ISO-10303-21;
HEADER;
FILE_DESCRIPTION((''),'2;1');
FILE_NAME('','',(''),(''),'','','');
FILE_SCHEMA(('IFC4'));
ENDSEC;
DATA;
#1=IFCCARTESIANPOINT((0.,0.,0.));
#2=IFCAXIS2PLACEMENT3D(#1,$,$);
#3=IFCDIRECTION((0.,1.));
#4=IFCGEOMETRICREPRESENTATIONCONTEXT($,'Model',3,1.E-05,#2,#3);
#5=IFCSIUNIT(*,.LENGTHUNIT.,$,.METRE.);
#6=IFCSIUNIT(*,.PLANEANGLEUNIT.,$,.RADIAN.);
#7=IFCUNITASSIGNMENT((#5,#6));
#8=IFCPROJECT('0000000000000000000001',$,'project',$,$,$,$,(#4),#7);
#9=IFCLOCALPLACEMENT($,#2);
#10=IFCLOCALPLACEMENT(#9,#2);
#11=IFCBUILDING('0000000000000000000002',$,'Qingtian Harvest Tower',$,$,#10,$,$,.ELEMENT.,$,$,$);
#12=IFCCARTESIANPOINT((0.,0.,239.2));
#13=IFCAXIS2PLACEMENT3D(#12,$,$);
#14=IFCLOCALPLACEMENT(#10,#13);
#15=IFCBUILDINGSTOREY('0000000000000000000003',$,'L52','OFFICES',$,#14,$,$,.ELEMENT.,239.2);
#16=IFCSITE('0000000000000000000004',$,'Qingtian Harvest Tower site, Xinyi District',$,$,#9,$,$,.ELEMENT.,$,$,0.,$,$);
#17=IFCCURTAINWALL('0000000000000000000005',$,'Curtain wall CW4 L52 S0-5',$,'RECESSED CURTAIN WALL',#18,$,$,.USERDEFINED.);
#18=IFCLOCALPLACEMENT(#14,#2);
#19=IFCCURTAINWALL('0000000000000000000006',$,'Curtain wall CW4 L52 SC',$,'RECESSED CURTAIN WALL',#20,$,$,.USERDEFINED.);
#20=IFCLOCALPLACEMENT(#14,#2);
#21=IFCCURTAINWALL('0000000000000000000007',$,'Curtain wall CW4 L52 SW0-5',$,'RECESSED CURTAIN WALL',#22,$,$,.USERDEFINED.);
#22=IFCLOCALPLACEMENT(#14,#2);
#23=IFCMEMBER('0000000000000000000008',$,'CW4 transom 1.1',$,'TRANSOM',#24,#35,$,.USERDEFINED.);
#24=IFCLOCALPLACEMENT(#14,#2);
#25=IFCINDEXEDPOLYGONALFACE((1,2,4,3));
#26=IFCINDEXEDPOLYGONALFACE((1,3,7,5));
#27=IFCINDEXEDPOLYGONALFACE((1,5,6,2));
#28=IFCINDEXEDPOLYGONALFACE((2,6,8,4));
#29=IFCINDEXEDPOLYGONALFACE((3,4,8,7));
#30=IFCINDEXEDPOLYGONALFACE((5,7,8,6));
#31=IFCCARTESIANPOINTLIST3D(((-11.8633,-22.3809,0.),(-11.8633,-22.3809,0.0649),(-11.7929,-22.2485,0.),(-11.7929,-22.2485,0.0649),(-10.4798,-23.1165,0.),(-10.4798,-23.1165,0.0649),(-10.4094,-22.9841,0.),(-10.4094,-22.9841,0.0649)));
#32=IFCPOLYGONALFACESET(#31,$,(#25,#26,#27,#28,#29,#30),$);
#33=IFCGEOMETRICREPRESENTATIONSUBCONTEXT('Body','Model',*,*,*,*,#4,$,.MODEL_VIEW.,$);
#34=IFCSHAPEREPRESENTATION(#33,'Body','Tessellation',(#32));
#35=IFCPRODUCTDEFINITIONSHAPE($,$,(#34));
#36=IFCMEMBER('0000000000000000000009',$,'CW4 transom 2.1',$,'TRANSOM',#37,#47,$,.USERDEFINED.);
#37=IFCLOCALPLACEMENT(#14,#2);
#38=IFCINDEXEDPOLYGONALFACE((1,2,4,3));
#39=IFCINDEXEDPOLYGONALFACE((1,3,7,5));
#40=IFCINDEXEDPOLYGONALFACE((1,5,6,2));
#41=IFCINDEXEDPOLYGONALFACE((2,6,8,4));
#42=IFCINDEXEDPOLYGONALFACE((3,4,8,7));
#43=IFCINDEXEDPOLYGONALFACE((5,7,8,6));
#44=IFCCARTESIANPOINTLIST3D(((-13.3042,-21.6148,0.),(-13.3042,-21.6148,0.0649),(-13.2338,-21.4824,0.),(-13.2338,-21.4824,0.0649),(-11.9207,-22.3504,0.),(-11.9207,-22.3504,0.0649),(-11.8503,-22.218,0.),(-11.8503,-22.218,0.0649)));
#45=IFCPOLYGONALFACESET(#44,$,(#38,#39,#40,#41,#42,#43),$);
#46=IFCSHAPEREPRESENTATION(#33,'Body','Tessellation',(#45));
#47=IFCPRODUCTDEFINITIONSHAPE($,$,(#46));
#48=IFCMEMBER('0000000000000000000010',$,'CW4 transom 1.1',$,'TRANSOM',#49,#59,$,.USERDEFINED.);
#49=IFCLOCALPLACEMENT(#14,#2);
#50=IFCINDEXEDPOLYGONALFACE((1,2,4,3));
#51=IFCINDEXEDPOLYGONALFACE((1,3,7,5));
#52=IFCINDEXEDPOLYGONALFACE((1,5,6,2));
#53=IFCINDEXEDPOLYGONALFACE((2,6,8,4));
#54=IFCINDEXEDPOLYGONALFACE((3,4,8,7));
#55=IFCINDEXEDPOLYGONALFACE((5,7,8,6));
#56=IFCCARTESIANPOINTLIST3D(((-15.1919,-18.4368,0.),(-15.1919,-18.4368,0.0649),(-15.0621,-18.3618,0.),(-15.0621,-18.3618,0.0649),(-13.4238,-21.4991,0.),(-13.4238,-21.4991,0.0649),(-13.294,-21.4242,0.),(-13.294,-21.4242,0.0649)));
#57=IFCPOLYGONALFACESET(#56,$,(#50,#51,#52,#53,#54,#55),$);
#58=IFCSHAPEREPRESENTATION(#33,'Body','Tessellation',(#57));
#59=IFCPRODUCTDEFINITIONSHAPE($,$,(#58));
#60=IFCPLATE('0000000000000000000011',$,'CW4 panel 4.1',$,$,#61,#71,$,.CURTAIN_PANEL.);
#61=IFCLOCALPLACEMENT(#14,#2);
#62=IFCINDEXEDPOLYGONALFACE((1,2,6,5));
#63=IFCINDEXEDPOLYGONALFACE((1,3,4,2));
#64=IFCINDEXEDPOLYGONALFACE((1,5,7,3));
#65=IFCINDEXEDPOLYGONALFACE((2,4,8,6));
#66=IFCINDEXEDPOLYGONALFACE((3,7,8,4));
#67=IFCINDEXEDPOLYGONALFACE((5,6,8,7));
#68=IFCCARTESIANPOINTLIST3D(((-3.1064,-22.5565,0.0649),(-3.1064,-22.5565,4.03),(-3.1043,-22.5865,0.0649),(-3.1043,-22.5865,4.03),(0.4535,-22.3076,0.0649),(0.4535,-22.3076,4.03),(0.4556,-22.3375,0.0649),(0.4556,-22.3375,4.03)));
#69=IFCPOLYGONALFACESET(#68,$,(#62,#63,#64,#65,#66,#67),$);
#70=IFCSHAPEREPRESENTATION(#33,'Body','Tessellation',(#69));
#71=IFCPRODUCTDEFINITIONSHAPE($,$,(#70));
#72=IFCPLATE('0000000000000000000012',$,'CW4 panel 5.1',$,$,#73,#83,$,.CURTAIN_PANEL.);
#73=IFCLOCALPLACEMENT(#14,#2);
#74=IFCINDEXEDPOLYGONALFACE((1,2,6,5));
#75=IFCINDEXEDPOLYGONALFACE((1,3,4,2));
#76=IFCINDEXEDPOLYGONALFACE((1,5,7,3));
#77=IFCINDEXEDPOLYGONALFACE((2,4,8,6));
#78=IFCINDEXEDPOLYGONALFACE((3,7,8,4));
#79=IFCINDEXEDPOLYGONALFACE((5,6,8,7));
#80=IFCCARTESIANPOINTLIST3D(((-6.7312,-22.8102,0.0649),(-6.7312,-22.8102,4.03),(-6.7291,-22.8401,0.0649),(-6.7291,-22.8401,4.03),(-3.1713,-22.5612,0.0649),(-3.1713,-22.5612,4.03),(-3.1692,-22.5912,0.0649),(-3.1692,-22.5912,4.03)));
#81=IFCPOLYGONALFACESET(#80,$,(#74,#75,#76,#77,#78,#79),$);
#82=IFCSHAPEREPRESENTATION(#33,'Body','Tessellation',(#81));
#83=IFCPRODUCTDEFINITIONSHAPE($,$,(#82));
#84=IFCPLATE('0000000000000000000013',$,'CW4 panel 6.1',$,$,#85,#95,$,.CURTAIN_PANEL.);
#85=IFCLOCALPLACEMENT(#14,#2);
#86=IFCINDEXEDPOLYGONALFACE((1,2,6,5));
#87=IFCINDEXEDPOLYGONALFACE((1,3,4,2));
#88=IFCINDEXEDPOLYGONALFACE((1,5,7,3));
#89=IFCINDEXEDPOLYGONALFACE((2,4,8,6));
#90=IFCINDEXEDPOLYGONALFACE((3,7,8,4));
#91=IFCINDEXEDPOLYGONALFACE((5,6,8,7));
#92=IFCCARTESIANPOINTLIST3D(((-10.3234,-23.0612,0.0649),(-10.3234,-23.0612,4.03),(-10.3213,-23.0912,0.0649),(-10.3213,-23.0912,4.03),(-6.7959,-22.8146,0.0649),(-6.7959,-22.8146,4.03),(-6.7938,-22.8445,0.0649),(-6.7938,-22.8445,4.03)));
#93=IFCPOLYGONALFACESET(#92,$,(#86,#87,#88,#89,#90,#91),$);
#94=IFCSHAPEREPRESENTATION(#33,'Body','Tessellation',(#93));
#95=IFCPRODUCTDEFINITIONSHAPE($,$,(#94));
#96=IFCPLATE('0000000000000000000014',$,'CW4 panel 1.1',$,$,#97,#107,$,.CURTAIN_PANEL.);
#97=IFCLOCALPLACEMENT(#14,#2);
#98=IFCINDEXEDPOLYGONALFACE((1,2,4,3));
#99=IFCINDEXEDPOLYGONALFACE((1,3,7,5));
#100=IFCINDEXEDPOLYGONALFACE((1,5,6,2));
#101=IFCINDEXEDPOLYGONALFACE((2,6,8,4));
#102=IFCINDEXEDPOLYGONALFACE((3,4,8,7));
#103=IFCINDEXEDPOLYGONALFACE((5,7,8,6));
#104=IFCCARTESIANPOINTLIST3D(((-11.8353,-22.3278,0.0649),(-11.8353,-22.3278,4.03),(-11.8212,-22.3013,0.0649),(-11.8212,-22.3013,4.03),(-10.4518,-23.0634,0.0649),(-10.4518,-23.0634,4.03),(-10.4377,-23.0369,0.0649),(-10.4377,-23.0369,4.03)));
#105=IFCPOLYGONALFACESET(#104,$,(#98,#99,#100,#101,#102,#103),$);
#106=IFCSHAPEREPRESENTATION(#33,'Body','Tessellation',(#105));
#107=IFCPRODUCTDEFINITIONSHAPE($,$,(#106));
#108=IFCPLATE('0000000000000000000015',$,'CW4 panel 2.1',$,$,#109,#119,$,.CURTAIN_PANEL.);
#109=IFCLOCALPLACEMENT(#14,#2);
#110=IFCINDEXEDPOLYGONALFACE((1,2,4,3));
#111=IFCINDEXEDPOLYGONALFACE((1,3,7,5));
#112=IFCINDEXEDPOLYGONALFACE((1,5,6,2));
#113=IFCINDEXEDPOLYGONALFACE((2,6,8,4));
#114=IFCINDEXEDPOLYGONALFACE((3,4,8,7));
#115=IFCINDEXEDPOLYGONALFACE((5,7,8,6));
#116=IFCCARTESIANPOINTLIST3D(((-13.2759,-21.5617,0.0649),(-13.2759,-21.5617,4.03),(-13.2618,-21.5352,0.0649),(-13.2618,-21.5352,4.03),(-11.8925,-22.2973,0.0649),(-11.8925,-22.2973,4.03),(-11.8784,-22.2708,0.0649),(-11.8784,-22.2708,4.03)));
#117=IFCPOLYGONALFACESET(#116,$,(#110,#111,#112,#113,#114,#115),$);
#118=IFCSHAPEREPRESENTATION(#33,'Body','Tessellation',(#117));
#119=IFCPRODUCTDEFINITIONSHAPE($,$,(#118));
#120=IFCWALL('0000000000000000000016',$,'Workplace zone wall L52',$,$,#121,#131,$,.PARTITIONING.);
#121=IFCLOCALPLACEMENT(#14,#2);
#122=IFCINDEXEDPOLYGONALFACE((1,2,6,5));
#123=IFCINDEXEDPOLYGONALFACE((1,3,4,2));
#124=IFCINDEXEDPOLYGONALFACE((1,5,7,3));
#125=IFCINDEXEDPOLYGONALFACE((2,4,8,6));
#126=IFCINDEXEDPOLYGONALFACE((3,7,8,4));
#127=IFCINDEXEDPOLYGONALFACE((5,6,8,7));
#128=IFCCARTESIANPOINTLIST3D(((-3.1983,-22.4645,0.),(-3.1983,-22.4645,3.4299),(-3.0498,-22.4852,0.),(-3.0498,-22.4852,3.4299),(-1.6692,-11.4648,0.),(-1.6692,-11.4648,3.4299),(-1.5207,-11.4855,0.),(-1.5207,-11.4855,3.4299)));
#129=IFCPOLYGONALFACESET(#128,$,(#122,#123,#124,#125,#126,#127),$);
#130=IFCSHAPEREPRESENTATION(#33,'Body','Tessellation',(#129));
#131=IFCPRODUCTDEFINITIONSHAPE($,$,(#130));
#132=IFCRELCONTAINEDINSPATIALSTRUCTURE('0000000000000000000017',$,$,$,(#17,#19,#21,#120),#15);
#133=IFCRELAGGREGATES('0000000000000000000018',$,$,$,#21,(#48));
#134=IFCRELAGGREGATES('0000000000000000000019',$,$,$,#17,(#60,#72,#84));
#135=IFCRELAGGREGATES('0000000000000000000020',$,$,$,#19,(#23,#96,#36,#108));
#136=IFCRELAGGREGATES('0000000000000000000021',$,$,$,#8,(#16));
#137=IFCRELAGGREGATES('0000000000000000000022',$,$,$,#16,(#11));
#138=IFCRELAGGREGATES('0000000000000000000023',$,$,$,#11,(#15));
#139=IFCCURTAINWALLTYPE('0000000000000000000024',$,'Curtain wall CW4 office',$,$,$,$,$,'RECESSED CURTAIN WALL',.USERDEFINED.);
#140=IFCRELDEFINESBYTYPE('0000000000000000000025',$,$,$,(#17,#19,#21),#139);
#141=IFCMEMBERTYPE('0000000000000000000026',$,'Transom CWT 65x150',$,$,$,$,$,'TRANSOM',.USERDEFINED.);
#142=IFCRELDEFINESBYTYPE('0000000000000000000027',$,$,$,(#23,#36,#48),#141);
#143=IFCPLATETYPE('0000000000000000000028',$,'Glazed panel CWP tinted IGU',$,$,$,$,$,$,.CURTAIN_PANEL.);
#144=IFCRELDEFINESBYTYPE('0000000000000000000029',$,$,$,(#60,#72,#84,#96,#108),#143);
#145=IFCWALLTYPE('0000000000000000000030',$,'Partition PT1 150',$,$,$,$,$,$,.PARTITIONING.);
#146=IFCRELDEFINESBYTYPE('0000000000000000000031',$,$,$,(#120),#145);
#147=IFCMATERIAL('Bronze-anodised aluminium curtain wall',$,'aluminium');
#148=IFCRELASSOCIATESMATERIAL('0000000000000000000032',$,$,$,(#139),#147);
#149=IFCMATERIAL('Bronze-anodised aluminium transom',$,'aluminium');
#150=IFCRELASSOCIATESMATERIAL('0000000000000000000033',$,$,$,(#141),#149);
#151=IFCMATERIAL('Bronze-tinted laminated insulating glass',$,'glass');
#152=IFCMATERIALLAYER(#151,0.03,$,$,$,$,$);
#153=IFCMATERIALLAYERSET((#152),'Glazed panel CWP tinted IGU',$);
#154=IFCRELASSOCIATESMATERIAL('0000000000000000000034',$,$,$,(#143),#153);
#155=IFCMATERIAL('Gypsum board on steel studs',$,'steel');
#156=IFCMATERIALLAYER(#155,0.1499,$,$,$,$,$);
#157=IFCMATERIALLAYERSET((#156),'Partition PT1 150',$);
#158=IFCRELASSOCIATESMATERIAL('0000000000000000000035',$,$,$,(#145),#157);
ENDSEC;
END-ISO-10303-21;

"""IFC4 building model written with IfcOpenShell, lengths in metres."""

from ifc_helpers import new_model, si_unit, direction, frame, frame_2d, origin, origin_2d, place, context, subcontext, project, spatial, rectangle, extrude, material, layer, layer_set, material_profile, profile_set, type_object, element, aggregate, save


model = new_model("IFC4")

# Units and contexts
model_context = context("Model", 3, precision=1e-05, world=origin(), true_north=direction((0.0, 1.0)))
body_context = subcontext(model_context, "Body", "Model", "MODEL_VIEW")
ifc_project = project(units=[si_unit("LENGTHUNIT", "METRE"), si_unit("PLANEANGLEUNIT", "RADIAN")], contexts=[model_context])

# Site, building, storey
site_placement = place(None, origin())
site = spatial("IfcSite", under=ifc_project, at=site_placement, Name="Qingtian Harvest Tower site, Xinyi District", CompositionType="ELEMENT", RefElevation=0.0)
building_placement = place(site_placement, origin())
building = spatial("IfcBuilding", under=site, at=building_placement, Name="Qingtian Harvest Tower", CompositionType="ELEMENT")
storey_placement = place(building_placement, frame((0.0, 0.0, 239.2)))
storey = spatial("IfcBuildingStorey", under=building, at=storey_placement, Name="L52", Description="OFFICES", CompositionType="ELEMENT", Elevation=239.2)

# Curtain walls
ifc_material_1 = material(Name="Bronze-anodised aluminium curtain wall", Category="aluminium")
curtain_wall_type = type_object("IfcCurtainWallType", Name="Curtain wall CW4 office", ElementType="RECESSED CURTAIN WALL", PredefinedType="USERDEFINED", material=ifc_material_1)
curtain_wall_1_placement = place(storey_placement, origin())
curtain_wall_1 = element("IfcCurtainWall", 1, at=curtain_wall_1_placement, inside=storey, type_object=curtain_wall_type, Name="Curtain wall CW4 L52 S0-5", ObjectType="RECESSED CURTAIN WALL", PredefinedType="USERDEFINED")
curtain_wall_2_placement = place(storey_placement, origin())
curtain_wall_2 = element("IfcCurtainWall", 2, at=curtain_wall_2_placement, inside=storey, type_object=curtain_wall_type, Name="Curtain wall CW4 L52 SC", ObjectType="RECESSED CURTAIN WALL", PredefinedType="USERDEFINED")

# Curtain wall
curtain_wall_3_placement = place(storey_placement, origin())
curtain_wall_3 = element("IfcCurtainWall", 3, at=curtain_wall_3_placement, inside=storey, type_object=curtain_wall_type, Name="Curtain wall CW4 L52 SW0-5", ObjectType="RECESSED CURTAIN WALL", PredefinedType="USERDEFINED")

# Members
ifc_material_2 = material(Name="Bronze-anodised aluminium transom", Category="aluminium")
ifc_material_profile_1 = material_profile(ifc_material_2, rectangle(XDim=0.1499, YDim=0.0649, at=origin_2d()), Name="AL 65x150")
ifc_profile_set_1 = profile_set([ifc_material_profile_1], Name="Bronze-anodised aluminium transom")
member_type_1 = type_object("IfcMemberType", Name="Transom CWT 65x150", ElementType="TRANSOM", PredefinedType="USERDEFINED", material=ifc_profile_set_1)
member_1_placement = place(storey_placement, frame((-10.4446, -23.0503, 0.0325), z_axis=(-0.88296, 0.469448, 0.0), x_axis=(-0.469448, -0.88296, 0.0)))
member_1 = element("IfcMember", 4, at=member_1_placement, type_object=member_type_1, Name="CW4 transom 1.1", ObjectType="TRANSOM", PredefinedType="USERDEFINED", context=body_context, shape_type="SweptSolid", body=[
    extrude(rectangle(XDim=0.1499, YDim=0.0649, at=origin_2d()), origin(), (0.0, 0.0, 1.0), 1.5669),
])
member_2_placement = place(storey_placement, frame((-11.8855, -22.2842, 0.0325), z_axis=(-0.88296, 0.469448, 0.0), x_axis=(-0.469448, -0.88296, 0.0)))
member_2 = element("IfcMember", 5, at=member_2_placement, type_object=member_type_1, Name="CW4 transom 2.1", ObjectType="TRANSOM", PredefinedType="USERDEFINED", context=body_context, shape_type="SweptSolid", body=[
    extrude(rectangle(XDim=0.1499, YDim=0.0649, at=origin_2d()), origin(), (0.0, 0.0, 1.0), 1.5669),
])
member_3_placement = place(storey_placement, frame((-13.3589, -21.4617, 0.0325), z_axis=(-0.500015, 0.866017, 0.0), x_axis=(-0.866017, -0.500015, 0.0)))
member_3 = element("IfcMember", 6, at=member_3_placement, type_object=member_type_1, Name="CW4 transom 1.1", ObjectType="TRANSOM", PredefinedType="USERDEFINED", context=body_context, shape_type="SweptSolid", body=[
    extrude(rectangle(XDim=0.1499, YDim=0.0649, at=origin_2d()), origin(), (0.0, 0.0, 1.0), 3.5361),
])
aggregate(curtain_wall_3, [member_3])

# Plates
ifc_material_3 = material(Name="Bronze-tinted laminated insulating glass", Category="glass")
ifc_layer_1 = layer(ifc_material_3, 0.03)
ifc_layer_set_1 = layer_set([ifc_layer_1], Name="Glazed panel CWP tinted IGU")
plate_type = type_object("IfcPlateType", Name="Glazed panel CWP tinted IGU", PredefinedType="CURTAIN_PANEL", material=ifc_layer_set_1)
plate_1_placement = place(storey_placement, frame((-1.3254, -22.447, 0.0649), z_axis=(0.0, 0.0, 1.0), x_axis=(-0.997564, -0.069756, 0.0)))
plate_1 = element("IfcPlate", 7, at=plate_1_placement, type_object=plate_type, Name="CW4 panel 4.1", PredefinedType="CURTAIN_PANEL", context=body_context, shape_type="SweptSolid", body=[
    extrude(rectangle(XDim=3.5686, YDim=0.03, at=origin_2d()), origin(), (0.0, 0.0, 1.0), 3.9651),
])
plate_2_placement = place(storey_placement, frame((-4.9502, -22.7007, 0.0649), z_axis=(0.0, 0.0, 1.0), x_axis=(-0.997564, -0.069756, 0.0)))
plate_2 = element("IfcPlate", 8, at=plate_2_placement, type_object=plate_type, Name="CW4 panel 5.1", PredefinedType="CURTAIN_PANEL", context=body_context, shape_type="SweptSolid", body=[
    extrude(rectangle(XDim=3.5686, YDim=0.03, at=origin_2d()), origin(), (0.0, 0.0, 1.0), 3.9651),
])
plate_3_placement = place(storey_placement, frame((-8.5586, -22.9529, 0.0649), z_axis=(0.0, 0.0, 1.0), x_axis=(-0.997564, -0.069756, 0.0)))
plate_3 = element("IfcPlate", 9, at=plate_3_placement, type_object=plate_type, Name="CW4 panel 6.1", PredefinedType="CURTAIN_PANEL", context=body_context, shape_type="SweptSolid", body=[
    extrude(rectangle(XDim=3.5361, YDim=0.03, at=origin_2d()), origin(), (0.0, 0.0, 1.0), 3.9651),
])
aggregate(curtain_wall_1, [plate_1, plate_2, plate_3])
plate_4_placement = place(storey_placement, frame((-11.1365, -22.6824, 0.0649), z_axis=(0.0, 0.0, 1.0), x_axis=(-0.882948, 0.469472, 0.0)))
plate_4 = element("IfcPlate", 10, at=plate_4_placement, type_object=plate_type, Name="CW4 panel 1.1", PredefinedType="CURTAIN_PANEL", context=body_context, shape_type="SweptSolid", body=[
    extrude(rectangle(XDim=1.5669, YDim=0.03, at=origin_2d()), origin(), (0.0, 0.0, 1.0), 3.9651),
])
plate_5_placement = place(storey_placement, frame((-12.5771, -21.9163, 0.0649), z_axis=(0.0, 0.0, 1.0), x_axis=(-0.882948, 0.469472, 0.0)))
plate_5 = element("IfcPlate", 11, at=plate_5_placement, type_object=plate_type, Name="CW4 panel 2.1", PredefinedType="CURTAIN_PANEL", context=body_context, shape_type="SweptSolid", body=[
    extrude(rectangle(XDim=1.5669, YDim=0.03, at=origin_2d()), origin(), (0.0, 0.0, 1.0), 3.9651),
])
aggregate(curtain_wall_2, [member_1, plate_4, member_2, plate_5])

# Wall
ifc_material_4 = material(Name="Gypsum board on steel studs", Category="steel")
ifc_layer_2 = layer(ifc_material_4, 0.1499)
ifc_layer_set_2 = layer_set([ifc_layer_2], Name="Partition PT1 150")
wall_type = type_object("IfcWallType", Name="Partition PT1 150", PredefinedType="PARTITIONING", material=ifc_layer_set_2)
wall_placement = place(storey_placement, frame((-3.124, -22.4749, 0.0), z_axis=(0.0, 0.0, 1.0), x_axis=(0.137684, 0.990476, 0.0)))
element("IfcWall", 12, at=wall_placement, inside=storey, type_object=wall_type, Name="Workplace zone wall L52", PredefinedType="PARTITIONING", context=body_context, shape_type="SweptSolid", body=[
    extrude(rectangle(XDim=11.1055, YDim=0.1499, at=frame_2d((5.5527, 0.0))), origin(), (0.0, 0.0, 1.0), 3.4299),
])

save(model, "model.ifc")
